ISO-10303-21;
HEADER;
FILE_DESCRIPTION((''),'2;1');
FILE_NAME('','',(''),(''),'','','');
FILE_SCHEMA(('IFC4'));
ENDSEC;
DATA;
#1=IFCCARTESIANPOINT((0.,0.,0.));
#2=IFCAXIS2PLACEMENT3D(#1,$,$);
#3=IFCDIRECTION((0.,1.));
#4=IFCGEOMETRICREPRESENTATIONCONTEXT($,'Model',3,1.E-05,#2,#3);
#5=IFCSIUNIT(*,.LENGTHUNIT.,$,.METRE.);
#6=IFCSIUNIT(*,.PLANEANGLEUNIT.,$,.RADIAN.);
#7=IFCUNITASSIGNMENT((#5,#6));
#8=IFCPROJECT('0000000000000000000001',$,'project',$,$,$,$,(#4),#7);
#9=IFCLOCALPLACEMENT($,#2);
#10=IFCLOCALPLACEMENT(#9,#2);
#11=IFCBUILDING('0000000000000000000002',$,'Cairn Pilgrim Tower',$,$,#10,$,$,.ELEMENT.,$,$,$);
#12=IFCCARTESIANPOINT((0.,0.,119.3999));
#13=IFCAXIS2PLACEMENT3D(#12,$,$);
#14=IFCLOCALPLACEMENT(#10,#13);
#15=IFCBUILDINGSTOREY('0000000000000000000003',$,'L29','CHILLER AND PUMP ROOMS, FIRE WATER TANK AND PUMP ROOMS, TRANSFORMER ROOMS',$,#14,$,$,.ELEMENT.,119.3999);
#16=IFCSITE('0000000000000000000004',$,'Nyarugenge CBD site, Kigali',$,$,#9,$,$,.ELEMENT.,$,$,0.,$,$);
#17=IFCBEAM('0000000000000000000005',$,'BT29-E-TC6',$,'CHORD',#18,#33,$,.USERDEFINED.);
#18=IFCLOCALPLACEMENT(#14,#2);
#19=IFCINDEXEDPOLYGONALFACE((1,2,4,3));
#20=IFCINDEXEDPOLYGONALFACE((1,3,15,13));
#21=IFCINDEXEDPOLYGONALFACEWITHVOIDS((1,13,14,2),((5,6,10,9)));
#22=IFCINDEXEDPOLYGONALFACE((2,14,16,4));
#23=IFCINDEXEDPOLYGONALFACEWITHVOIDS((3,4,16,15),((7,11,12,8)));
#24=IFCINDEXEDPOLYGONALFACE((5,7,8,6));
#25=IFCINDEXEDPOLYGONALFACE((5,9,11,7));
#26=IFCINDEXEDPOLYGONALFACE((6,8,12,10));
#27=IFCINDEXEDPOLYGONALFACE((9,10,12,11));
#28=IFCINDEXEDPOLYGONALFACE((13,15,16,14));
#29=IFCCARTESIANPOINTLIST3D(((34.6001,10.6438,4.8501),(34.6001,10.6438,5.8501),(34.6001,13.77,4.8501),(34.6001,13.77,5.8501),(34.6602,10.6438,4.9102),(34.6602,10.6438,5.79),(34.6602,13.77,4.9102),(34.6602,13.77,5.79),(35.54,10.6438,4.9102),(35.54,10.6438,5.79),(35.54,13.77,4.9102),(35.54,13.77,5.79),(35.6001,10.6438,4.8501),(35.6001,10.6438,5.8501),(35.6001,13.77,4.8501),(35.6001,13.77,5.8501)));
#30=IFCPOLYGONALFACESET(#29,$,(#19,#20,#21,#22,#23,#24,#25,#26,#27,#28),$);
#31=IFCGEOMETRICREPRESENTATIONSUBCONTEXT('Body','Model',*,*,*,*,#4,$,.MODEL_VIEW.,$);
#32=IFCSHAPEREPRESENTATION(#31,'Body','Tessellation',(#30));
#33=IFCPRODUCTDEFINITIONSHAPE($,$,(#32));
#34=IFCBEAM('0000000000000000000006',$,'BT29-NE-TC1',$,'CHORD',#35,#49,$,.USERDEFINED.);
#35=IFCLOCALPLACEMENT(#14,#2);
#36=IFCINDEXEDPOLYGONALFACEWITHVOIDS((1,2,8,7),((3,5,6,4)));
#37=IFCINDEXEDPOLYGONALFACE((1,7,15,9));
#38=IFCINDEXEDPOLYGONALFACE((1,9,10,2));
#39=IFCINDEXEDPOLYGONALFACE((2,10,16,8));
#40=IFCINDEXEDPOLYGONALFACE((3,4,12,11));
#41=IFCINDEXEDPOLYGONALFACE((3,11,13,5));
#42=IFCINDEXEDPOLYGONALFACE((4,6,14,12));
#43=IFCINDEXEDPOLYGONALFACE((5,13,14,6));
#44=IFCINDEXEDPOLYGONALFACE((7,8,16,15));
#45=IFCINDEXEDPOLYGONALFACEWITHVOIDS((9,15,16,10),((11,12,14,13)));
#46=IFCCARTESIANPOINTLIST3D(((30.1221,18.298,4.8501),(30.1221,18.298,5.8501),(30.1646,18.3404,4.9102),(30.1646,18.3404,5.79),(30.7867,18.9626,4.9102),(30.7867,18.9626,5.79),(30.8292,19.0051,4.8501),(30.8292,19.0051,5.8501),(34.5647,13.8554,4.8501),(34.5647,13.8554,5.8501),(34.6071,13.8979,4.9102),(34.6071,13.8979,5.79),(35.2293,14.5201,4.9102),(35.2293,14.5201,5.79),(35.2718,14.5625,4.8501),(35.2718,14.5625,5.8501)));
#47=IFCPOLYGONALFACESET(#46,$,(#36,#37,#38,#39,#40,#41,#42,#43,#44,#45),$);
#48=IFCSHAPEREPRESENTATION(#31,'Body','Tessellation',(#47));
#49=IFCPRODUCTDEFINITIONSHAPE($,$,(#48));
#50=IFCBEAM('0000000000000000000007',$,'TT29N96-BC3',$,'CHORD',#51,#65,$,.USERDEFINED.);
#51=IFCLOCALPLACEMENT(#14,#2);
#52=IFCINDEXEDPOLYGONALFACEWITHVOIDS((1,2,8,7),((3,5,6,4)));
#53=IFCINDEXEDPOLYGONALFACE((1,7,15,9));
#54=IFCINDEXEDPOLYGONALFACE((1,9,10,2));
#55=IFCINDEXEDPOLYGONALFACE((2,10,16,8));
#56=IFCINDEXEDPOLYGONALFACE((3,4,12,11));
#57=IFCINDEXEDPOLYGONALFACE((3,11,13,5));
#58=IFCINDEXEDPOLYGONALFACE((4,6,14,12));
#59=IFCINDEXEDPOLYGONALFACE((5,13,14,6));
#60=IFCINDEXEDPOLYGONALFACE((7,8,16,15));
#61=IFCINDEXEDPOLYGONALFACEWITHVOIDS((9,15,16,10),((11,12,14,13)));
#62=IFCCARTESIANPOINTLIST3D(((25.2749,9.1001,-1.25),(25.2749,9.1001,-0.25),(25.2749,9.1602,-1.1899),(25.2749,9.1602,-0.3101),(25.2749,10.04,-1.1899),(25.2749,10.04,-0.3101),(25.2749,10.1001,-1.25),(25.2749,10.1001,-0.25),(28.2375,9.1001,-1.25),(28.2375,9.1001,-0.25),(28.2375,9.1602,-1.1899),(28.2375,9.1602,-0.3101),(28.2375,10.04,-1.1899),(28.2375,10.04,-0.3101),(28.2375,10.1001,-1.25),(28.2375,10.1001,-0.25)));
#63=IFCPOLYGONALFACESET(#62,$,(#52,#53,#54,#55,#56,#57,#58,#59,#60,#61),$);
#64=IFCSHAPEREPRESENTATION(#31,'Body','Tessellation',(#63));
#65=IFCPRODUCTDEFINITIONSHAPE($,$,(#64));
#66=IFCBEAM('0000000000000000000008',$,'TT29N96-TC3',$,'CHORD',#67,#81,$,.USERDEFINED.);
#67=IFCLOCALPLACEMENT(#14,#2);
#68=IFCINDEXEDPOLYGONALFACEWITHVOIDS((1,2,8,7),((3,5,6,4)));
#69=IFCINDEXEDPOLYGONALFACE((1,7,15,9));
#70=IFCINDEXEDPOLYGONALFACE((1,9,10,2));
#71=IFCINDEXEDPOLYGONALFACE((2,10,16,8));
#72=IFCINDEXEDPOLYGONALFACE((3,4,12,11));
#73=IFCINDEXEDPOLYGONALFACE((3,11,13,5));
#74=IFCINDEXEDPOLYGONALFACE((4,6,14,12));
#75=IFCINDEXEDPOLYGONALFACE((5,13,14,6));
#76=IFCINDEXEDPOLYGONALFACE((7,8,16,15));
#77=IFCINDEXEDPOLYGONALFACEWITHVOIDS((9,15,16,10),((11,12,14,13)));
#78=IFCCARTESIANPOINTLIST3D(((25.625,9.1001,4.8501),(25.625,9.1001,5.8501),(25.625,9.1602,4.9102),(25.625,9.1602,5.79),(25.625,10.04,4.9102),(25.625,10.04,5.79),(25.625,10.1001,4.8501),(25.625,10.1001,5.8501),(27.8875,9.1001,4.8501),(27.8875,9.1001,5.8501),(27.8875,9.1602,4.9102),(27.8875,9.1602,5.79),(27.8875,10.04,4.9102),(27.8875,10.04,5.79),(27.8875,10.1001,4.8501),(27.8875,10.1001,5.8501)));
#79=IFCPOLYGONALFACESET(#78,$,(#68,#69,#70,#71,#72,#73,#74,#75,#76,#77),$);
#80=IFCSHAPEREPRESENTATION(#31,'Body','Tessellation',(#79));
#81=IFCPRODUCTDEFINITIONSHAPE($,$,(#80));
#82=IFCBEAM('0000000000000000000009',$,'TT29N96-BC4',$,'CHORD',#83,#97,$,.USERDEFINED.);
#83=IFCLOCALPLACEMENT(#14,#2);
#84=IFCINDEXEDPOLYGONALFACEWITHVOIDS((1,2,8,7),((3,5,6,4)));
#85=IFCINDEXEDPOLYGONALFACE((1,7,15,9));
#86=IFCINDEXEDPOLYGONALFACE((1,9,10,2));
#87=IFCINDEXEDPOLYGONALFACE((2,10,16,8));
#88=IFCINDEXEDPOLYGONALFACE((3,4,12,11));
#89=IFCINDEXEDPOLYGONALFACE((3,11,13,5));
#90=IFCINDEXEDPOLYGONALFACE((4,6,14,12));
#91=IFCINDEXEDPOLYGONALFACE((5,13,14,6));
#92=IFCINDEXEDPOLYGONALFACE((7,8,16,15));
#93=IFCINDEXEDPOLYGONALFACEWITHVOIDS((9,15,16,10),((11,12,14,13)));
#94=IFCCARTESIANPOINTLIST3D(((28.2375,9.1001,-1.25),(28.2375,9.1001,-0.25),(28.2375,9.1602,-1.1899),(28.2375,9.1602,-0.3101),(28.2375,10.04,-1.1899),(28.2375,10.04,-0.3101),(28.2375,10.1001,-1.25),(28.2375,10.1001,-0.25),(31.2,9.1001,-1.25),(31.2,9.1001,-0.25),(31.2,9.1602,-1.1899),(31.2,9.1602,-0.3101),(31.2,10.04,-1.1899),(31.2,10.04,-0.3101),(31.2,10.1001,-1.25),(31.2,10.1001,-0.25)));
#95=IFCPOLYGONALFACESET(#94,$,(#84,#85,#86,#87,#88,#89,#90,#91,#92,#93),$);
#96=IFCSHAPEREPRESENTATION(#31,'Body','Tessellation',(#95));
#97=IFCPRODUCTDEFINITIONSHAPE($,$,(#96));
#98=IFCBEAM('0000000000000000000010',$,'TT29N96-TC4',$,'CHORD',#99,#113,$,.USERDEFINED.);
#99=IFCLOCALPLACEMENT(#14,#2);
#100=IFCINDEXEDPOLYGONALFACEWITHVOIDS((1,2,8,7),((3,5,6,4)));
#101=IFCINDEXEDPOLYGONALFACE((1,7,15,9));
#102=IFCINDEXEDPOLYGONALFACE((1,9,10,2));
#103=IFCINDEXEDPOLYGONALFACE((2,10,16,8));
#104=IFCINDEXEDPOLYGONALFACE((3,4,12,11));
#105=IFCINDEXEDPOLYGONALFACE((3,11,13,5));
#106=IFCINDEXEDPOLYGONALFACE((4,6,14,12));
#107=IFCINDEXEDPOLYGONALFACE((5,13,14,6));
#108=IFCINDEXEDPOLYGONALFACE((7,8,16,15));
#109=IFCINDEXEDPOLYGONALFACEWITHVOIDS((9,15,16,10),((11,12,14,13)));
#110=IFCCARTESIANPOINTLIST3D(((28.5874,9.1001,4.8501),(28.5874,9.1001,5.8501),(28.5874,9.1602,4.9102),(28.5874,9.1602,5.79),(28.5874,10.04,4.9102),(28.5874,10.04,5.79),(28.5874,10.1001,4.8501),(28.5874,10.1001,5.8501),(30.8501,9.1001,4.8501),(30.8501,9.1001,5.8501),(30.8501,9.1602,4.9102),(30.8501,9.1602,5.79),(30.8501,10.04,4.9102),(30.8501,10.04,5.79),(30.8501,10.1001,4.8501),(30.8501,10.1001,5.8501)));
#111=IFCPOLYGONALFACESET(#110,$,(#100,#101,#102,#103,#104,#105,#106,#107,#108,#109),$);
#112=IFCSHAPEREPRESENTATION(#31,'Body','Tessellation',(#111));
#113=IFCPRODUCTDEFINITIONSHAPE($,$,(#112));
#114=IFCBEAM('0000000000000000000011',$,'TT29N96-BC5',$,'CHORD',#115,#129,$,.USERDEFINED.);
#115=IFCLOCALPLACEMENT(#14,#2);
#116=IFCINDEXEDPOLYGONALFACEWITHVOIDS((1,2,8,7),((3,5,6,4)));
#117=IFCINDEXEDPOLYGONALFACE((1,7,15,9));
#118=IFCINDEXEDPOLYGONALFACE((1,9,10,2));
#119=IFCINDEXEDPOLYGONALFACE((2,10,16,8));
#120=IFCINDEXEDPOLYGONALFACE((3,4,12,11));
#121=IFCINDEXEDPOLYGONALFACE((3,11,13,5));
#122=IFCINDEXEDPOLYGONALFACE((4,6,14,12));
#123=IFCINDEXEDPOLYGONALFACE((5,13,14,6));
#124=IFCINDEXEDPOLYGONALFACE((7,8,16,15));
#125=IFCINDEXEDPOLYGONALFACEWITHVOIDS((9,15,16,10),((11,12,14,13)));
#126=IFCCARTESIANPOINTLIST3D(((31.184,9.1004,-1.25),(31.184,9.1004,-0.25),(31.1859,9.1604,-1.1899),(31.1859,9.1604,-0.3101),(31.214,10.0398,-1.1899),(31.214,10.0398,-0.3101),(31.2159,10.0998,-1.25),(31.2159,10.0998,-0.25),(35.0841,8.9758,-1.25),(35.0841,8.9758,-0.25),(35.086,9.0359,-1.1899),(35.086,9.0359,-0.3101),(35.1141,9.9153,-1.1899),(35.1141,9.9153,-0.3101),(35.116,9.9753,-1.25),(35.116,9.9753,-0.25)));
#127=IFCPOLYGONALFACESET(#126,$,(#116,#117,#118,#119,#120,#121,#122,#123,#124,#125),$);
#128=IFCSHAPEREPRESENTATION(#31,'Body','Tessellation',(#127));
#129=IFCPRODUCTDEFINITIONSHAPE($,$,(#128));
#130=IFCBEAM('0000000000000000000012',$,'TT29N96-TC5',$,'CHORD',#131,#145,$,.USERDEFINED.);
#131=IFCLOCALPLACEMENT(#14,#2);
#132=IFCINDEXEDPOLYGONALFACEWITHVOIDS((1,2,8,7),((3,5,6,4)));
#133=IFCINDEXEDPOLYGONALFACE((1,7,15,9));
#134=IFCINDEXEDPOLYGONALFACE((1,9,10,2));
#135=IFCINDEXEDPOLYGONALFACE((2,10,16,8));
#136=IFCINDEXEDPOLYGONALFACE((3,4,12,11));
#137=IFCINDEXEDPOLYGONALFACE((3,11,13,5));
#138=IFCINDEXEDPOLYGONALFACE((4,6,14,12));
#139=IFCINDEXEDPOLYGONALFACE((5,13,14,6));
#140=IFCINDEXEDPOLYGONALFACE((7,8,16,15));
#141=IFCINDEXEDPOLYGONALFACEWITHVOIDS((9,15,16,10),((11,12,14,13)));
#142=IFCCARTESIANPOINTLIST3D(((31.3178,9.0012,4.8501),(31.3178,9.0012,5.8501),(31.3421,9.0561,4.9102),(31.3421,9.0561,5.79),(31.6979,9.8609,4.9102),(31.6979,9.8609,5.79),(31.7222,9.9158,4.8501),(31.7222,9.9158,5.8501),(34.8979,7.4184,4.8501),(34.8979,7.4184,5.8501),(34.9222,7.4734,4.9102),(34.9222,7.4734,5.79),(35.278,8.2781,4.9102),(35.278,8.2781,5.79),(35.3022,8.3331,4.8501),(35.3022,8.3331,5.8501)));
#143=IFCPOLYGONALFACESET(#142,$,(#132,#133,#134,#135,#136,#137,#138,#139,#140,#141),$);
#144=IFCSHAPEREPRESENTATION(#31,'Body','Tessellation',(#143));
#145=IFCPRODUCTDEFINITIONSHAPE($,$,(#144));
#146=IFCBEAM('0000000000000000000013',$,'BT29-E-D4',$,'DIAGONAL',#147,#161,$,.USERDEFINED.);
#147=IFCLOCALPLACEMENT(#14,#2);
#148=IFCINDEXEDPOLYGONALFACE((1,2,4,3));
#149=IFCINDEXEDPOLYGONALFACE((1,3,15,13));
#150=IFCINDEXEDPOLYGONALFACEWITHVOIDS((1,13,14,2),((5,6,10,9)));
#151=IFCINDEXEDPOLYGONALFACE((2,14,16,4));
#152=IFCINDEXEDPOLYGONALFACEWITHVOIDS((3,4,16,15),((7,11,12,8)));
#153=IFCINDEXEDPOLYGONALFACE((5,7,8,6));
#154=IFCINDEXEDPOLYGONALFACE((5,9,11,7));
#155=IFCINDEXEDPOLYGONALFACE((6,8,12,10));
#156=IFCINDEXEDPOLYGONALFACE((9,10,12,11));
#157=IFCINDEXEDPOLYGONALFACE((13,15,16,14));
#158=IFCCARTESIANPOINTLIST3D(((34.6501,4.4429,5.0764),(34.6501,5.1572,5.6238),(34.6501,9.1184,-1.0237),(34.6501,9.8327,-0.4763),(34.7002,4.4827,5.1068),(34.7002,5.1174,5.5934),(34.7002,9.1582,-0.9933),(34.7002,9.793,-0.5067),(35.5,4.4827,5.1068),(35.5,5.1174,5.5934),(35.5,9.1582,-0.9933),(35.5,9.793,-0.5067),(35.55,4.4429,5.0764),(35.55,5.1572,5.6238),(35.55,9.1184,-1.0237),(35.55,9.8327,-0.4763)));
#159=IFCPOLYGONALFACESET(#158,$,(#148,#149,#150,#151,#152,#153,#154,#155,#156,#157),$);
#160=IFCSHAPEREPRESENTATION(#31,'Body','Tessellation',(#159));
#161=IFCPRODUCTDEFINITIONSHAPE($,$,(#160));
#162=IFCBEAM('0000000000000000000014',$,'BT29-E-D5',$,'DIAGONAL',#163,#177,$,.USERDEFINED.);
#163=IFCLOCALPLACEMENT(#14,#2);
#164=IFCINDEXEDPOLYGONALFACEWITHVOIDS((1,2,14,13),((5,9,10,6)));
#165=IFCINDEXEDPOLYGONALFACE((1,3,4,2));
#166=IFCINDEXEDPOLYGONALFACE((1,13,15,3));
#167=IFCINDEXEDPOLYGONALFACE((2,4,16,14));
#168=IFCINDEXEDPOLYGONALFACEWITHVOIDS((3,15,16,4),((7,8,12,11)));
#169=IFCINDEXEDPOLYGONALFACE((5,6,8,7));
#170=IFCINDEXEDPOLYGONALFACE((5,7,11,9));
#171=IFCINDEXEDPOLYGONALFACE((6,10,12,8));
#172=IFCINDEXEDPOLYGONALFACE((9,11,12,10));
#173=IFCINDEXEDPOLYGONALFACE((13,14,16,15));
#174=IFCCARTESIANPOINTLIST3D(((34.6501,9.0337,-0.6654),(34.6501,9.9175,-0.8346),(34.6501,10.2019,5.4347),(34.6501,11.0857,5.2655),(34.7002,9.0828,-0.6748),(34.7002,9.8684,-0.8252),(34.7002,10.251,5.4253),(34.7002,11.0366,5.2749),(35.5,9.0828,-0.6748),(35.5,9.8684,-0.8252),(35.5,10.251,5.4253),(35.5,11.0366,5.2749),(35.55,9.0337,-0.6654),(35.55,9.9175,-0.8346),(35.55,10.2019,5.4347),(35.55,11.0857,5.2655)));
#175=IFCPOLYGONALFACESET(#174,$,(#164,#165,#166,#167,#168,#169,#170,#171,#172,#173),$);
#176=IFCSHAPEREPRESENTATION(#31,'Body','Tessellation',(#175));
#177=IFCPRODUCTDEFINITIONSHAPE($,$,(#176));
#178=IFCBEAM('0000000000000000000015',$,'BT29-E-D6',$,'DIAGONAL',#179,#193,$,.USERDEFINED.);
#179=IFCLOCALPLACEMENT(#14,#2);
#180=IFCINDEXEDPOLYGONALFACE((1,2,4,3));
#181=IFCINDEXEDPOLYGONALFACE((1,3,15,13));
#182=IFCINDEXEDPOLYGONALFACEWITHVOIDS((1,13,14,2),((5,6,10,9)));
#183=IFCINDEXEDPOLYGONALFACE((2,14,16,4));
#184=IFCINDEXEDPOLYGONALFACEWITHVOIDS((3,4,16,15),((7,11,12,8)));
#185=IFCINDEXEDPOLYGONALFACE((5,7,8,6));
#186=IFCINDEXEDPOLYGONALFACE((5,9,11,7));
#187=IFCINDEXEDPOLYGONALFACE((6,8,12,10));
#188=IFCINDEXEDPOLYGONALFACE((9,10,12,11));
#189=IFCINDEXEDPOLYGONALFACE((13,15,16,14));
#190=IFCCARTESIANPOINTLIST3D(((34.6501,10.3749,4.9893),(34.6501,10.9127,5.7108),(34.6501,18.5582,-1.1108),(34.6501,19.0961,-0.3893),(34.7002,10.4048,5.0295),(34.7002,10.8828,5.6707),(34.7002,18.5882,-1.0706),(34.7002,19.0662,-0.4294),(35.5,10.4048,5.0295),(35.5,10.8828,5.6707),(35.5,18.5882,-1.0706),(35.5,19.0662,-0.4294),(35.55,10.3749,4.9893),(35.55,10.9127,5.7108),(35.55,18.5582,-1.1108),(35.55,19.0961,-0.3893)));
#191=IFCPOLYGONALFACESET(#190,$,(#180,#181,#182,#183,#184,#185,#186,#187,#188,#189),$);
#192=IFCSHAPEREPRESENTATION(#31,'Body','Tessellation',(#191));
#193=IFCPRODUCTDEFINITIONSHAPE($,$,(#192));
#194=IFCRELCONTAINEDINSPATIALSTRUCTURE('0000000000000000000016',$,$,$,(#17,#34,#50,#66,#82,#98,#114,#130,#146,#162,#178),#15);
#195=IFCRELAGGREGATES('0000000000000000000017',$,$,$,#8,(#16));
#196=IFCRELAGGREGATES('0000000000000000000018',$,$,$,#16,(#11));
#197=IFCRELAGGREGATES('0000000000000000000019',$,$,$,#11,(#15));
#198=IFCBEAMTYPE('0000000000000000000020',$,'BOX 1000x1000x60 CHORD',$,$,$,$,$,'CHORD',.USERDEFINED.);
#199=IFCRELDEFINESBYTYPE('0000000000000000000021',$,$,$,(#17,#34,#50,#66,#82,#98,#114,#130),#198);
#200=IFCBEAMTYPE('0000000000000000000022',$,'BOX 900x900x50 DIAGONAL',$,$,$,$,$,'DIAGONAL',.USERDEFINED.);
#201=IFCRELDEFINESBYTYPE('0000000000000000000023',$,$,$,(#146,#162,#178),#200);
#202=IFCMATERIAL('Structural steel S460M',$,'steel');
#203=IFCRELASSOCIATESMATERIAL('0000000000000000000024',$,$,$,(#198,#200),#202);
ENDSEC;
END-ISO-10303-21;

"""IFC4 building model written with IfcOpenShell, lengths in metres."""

from ifc_helpers import new_model, si_unit, direction, frame, origin, origin_2d, place, context, subcontext, project, spatial, hollow_rectangle, extrude, material, material_profile, profile_set, type_object, element, save


model = new_model("IFC4")

# Units and contexts
model_context = context("Model", 3, precision=1e-05, world=origin(), true_north=direction((0.0, 1.0)))
body_context = subcontext(model_context, "Body", "Model", "MODEL_VIEW")
ifc_project = project(units=[si_unit("LENGTHUNIT", "METRE"), si_unit("PLANEANGLEUNIT", "RADIAN")], contexts=[model_context])

# Site, building, storey
site_placement = place(None, origin())
site = spatial("IfcSite", under=ifc_project, at=site_placement, Name="Nyarugenge CBD site, Kigali", CompositionType="ELEMENT", RefElevation=0.0)
building_placement = place(site_placement, origin())
building = spatial("IfcBuilding", under=site, at=building_placement, Name="Cairn Pilgrim Tower", CompositionType="ELEMENT")
storey_placement = place(building_placement, frame((0.0, 0.0, 119.3999)))
storey = spatial("IfcBuildingStorey", under=building, at=storey_placement, Name="L29", Description="CHILLER AND PUMP ROOMS, FIRE WATER TANK AND PUMP ROOMS, TRANSFORMER ROOMS", CompositionType="ELEMENT", Elevation=119.3999)

# Shared definitions
ifc_material_1 = material(Name="Structural steel S460M", Category="steel")

# Beams
ifc_material_profile_1 = material_profile(ifc_material_1, hollow_rectangle(XDim=1.0, YDim=1.0, WallThickness=0.0601, at=origin_2d()), Name="BOX 1000x1000x60")
ifc_profile_set_1 = profile_set([ifc_material_profile_1], Name="Structural steel S460M")
beam_type_1 = type_object("IfcBeamType", Name="BOX 1000x1000x60 CHORD", ElementType="CHORD", PredefinedType="USERDEFINED", material=ifc_profile_set_1)
beam_1_placement = place(storey_placement, frame((35.1001, 10.6438, 5.3501), z_axis=(0.0, 1.0, 0.0), x_axis=(-1.0, 0.0, 0.0)))
element("IfcBeam", 1, at=beam_1_placement, inside=storey, type_object=beam_type_1, Name="BT29-E-TC6", ObjectType="CHORD", PredefinedType="USERDEFINED", context=body_context, shape_type="SweptSolid", body=[
    extrude(hollow_rectangle(XDim=1.0, YDim=1.0, WallThickness=0.0601, at=origin_2d()), origin(), (0.0, 0.0, 1.0), 3.1262),
])
beam_2_placement = place(storey_placement, frame((34.9182, 14.209, 5.3501), z_axis=(-0.707107, 0.707107, 0.0), x_axis=(-0.707107, -0.707107, 0.0)))
element("IfcBeam", 2, at=beam_2_placement, inside=storey, type_object=beam_type_1, Name="BT29-NE-TC1", ObjectType="CHORD", PredefinedType="USERDEFINED", context=body_context, shape_type="SweptSolid", body=[
    extrude(hollow_rectangle(XDim=1.0, YDim=1.0, WallThickness=0.0601, at=origin_2d()), origin(), (0.0, 0.0, 1.0), 6.2827),
])
beam_3_placement = place(storey_placement, frame((25.2749, 9.6001, -0.75), z_axis=(1.0, 0.0, 0.0), x_axis=(0.0, 1.0, 0.0)))
element("IfcBeam", 3, at=beam_3_placement, inside=storey, type_object=beam_type_1, Name="TT29N96-BC3", ObjectType="CHORD", PredefinedType="USERDEFINED", context=body_context, shape_type="SweptSolid", body=[
    extrude(hollow_rectangle(XDim=1.0, YDim=1.0, WallThickness=0.0601, at=origin_2d()), origin(), (0.0, 0.0, 1.0), 2.9626),
])
beam_4_placement = place(storey_placement, frame((25.625, 9.6001, 5.3501), z_axis=(1.0, 0.0, 0.0), x_axis=(0.0, 1.0, 0.0)))
element("IfcBeam", 4, at=beam_4_placement, inside=storey, type_object=beam_type_1, Name="TT29N96-TC3", ObjectType="CHORD", PredefinedType="USERDEFINED", context=body_context, shape_type="SweptSolid", body=[
    extrude(hollow_rectangle(XDim=1.0, YDim=1.0, WallThickness=0.0601, at=origin_2d()), origin(), (0.0, 0.0, 1.0), 2.2625),
])
beam_5_placement = place(storey_placement, frame((28.2375, 9.6001, -0.75), z_axis=(1.0, 0.0, 0.0), x_axis=(0.0, 1.0, 0.0)))
element("IfcBeam", 5, at=beam_5_placement, inside=storey, type_object=beam_type_1, Name="TT29N96-BC4", ObjectType="CHORD", PredefinedType="USERDEFINED", context=body_context, shape_type="SweptSolid", body=[
    extrude(hollow_rectangle(XDim=1.0, YDim=1.0, WallThickness=0.0601, at=origin_2d()), origin(), (0.0, 0.0, 1.0), 2.9624),
])
beam_6_placement = place(storey_placement, frame((28.5874, 9.6001, 5.3501), z_axis=(1.0, 0.0, 0.0), x_axis=(0.0, 1.0, 0.0)))
element("IfcBeam", 6, at=beam_6_placement, inside=storey, type_object=beam_type_1, Name="TT29N96-TC4", ObjectType="CHORD", PredefinedType="USERDEFINED", context=body_context, shape_type="SweptSolid", body=[
    extrude(hollow_rectangle(XDim=1.0, YDim=1.0, WallThickness=0.0601, at=origin_2d()), origin(), (0.0, 0.0, 1.0), 2.2627),
])
beam_7_placement = place(storey_placement, frame((31.2, 9.6001, -0.75), z_axis=(0.999491, -0.031909, 0.0), x_axis=(0.031909, 0.999491, 0.0)))
element("IfcBeam", 7, at=beam_7_placement, inside=storey, type_object=beam_type_1, Name="TT29N96-BC5", ObjectType="CHORD", PredefinedType="USERDEFINED", context=body_context, shape_type="SweptSolid", body=[
    extrude(hollow_rectangle(XDim=1.0, YDim=1.0, WallThickness=0.0601, at=origin_2d()), origin(), (0.0, 0.0, 1.0), 3.9021),
])
beam_8_placement = place(storey_placement, frame((31.52, 9.4585, 5.3501), z_axis=(0.914605, -0.40435, 0.0), x_axis=(0.40435, 0.914605, 0.0)))
element("IfcBeam", 8, at=beam_8_placement, inside=storey, type_object=beam_type_1, Name="TT29N96-TC5", ObjectType="CHORD", PredefinedType="USERDEFINED", context=body_context, shape_type="SweptSolid", body=[
    extrude(hollow_rectangle(XDim=1.0, YDim=1.0, WallThickness=0.0601, at=origin_2d()), origin(), (0.0, 0.0, 1.0), 3.9143),
])
ifc_material_profile_2 = material_profile(ifc_material_1, hollow_rectangle(XDim=0.8999, YDim=0.8999, WallThickness=0.05, at=origin_2d()), Name="BOX 900x900x50")
ifc_profile_set_2 = profile_set([ifc_material_profile_2], Name="Structural steel S460M")
beam_type_2 = type_object("IfcBeamType", Name="BOX 900x900x50 DIAGONAL", ElementType="DIAGONAL", PredefinedType="USERDEFINED", material=ifc_profile_set_2)
beam_9_placement = place(storey_placement, frame((35.1001, 4.8, 5.3501), z_axis=(0.0, 0.608333, -0.793682), x_axis=(-1.0, 0.0, 0.0)))
element("IfcBeam", 9, at=beam_9_placement, inside=storey, type_object=beam_type_2, Name="BT29-E-D4", ObjectType="DIAGONAL", PredefinedType="USERDEFINED", context=body_context, shape_type="SweptSolid", body=[
    extrude(hollow_rectangle(XDim=0.8999, YDim=0.8999, WallThickness=0.05, at=origin_2d()), origin(), (0.0, 0.0, 1.0), 7.6858),
])
beam_10_placement = place(storey_placement, frame((35.1001, 9.4756, -0.75), z_axis=(0.0, 0.188089, 0.982152), x_axis=(-1.0, 0.0, 0.0)))
element("IfcBeam", 10, at=beam_10_placement, inside=storey, type_object=beam_type_2, Name="BT29-E-D5", ObjectType="DIAGONAL", PredefinedType="USERDEFINED", context=body_context, shape_type="SweptSolid", body=[
    extrude(hollow_rectangle(XDim=0.8999, YDim=0.8999, WallThickness=0.05, at=origin_2d()), origin(), (0.0, 0.0, 1.0), 6.2109),
])
beam_11_placement = place(storey_placement, frame((35.1001, 10.6438, 5.3501), z_axis=(0.0, 0.801756, -0.597651), x_axis=(-1.0, 0.0, 0.0)))
element("IfcBeam", 11, at=beam_11_placement, inside=storey, type_object=beam_type_2, Name="BT29-E-D6", ObjectType="DIAGONAL", PredefinedType="USERDEFINED", context=body_context, shape_type="SweptSolid", body=[
    extrude(hollow_rectangle(XDim=0.8999, YDim=0.8999, WallThickness=0.05, at=origin_2d()), origin(), (0.0, 0.0, 1.0), 10.2068),
])

save(model, "model.ifc")
